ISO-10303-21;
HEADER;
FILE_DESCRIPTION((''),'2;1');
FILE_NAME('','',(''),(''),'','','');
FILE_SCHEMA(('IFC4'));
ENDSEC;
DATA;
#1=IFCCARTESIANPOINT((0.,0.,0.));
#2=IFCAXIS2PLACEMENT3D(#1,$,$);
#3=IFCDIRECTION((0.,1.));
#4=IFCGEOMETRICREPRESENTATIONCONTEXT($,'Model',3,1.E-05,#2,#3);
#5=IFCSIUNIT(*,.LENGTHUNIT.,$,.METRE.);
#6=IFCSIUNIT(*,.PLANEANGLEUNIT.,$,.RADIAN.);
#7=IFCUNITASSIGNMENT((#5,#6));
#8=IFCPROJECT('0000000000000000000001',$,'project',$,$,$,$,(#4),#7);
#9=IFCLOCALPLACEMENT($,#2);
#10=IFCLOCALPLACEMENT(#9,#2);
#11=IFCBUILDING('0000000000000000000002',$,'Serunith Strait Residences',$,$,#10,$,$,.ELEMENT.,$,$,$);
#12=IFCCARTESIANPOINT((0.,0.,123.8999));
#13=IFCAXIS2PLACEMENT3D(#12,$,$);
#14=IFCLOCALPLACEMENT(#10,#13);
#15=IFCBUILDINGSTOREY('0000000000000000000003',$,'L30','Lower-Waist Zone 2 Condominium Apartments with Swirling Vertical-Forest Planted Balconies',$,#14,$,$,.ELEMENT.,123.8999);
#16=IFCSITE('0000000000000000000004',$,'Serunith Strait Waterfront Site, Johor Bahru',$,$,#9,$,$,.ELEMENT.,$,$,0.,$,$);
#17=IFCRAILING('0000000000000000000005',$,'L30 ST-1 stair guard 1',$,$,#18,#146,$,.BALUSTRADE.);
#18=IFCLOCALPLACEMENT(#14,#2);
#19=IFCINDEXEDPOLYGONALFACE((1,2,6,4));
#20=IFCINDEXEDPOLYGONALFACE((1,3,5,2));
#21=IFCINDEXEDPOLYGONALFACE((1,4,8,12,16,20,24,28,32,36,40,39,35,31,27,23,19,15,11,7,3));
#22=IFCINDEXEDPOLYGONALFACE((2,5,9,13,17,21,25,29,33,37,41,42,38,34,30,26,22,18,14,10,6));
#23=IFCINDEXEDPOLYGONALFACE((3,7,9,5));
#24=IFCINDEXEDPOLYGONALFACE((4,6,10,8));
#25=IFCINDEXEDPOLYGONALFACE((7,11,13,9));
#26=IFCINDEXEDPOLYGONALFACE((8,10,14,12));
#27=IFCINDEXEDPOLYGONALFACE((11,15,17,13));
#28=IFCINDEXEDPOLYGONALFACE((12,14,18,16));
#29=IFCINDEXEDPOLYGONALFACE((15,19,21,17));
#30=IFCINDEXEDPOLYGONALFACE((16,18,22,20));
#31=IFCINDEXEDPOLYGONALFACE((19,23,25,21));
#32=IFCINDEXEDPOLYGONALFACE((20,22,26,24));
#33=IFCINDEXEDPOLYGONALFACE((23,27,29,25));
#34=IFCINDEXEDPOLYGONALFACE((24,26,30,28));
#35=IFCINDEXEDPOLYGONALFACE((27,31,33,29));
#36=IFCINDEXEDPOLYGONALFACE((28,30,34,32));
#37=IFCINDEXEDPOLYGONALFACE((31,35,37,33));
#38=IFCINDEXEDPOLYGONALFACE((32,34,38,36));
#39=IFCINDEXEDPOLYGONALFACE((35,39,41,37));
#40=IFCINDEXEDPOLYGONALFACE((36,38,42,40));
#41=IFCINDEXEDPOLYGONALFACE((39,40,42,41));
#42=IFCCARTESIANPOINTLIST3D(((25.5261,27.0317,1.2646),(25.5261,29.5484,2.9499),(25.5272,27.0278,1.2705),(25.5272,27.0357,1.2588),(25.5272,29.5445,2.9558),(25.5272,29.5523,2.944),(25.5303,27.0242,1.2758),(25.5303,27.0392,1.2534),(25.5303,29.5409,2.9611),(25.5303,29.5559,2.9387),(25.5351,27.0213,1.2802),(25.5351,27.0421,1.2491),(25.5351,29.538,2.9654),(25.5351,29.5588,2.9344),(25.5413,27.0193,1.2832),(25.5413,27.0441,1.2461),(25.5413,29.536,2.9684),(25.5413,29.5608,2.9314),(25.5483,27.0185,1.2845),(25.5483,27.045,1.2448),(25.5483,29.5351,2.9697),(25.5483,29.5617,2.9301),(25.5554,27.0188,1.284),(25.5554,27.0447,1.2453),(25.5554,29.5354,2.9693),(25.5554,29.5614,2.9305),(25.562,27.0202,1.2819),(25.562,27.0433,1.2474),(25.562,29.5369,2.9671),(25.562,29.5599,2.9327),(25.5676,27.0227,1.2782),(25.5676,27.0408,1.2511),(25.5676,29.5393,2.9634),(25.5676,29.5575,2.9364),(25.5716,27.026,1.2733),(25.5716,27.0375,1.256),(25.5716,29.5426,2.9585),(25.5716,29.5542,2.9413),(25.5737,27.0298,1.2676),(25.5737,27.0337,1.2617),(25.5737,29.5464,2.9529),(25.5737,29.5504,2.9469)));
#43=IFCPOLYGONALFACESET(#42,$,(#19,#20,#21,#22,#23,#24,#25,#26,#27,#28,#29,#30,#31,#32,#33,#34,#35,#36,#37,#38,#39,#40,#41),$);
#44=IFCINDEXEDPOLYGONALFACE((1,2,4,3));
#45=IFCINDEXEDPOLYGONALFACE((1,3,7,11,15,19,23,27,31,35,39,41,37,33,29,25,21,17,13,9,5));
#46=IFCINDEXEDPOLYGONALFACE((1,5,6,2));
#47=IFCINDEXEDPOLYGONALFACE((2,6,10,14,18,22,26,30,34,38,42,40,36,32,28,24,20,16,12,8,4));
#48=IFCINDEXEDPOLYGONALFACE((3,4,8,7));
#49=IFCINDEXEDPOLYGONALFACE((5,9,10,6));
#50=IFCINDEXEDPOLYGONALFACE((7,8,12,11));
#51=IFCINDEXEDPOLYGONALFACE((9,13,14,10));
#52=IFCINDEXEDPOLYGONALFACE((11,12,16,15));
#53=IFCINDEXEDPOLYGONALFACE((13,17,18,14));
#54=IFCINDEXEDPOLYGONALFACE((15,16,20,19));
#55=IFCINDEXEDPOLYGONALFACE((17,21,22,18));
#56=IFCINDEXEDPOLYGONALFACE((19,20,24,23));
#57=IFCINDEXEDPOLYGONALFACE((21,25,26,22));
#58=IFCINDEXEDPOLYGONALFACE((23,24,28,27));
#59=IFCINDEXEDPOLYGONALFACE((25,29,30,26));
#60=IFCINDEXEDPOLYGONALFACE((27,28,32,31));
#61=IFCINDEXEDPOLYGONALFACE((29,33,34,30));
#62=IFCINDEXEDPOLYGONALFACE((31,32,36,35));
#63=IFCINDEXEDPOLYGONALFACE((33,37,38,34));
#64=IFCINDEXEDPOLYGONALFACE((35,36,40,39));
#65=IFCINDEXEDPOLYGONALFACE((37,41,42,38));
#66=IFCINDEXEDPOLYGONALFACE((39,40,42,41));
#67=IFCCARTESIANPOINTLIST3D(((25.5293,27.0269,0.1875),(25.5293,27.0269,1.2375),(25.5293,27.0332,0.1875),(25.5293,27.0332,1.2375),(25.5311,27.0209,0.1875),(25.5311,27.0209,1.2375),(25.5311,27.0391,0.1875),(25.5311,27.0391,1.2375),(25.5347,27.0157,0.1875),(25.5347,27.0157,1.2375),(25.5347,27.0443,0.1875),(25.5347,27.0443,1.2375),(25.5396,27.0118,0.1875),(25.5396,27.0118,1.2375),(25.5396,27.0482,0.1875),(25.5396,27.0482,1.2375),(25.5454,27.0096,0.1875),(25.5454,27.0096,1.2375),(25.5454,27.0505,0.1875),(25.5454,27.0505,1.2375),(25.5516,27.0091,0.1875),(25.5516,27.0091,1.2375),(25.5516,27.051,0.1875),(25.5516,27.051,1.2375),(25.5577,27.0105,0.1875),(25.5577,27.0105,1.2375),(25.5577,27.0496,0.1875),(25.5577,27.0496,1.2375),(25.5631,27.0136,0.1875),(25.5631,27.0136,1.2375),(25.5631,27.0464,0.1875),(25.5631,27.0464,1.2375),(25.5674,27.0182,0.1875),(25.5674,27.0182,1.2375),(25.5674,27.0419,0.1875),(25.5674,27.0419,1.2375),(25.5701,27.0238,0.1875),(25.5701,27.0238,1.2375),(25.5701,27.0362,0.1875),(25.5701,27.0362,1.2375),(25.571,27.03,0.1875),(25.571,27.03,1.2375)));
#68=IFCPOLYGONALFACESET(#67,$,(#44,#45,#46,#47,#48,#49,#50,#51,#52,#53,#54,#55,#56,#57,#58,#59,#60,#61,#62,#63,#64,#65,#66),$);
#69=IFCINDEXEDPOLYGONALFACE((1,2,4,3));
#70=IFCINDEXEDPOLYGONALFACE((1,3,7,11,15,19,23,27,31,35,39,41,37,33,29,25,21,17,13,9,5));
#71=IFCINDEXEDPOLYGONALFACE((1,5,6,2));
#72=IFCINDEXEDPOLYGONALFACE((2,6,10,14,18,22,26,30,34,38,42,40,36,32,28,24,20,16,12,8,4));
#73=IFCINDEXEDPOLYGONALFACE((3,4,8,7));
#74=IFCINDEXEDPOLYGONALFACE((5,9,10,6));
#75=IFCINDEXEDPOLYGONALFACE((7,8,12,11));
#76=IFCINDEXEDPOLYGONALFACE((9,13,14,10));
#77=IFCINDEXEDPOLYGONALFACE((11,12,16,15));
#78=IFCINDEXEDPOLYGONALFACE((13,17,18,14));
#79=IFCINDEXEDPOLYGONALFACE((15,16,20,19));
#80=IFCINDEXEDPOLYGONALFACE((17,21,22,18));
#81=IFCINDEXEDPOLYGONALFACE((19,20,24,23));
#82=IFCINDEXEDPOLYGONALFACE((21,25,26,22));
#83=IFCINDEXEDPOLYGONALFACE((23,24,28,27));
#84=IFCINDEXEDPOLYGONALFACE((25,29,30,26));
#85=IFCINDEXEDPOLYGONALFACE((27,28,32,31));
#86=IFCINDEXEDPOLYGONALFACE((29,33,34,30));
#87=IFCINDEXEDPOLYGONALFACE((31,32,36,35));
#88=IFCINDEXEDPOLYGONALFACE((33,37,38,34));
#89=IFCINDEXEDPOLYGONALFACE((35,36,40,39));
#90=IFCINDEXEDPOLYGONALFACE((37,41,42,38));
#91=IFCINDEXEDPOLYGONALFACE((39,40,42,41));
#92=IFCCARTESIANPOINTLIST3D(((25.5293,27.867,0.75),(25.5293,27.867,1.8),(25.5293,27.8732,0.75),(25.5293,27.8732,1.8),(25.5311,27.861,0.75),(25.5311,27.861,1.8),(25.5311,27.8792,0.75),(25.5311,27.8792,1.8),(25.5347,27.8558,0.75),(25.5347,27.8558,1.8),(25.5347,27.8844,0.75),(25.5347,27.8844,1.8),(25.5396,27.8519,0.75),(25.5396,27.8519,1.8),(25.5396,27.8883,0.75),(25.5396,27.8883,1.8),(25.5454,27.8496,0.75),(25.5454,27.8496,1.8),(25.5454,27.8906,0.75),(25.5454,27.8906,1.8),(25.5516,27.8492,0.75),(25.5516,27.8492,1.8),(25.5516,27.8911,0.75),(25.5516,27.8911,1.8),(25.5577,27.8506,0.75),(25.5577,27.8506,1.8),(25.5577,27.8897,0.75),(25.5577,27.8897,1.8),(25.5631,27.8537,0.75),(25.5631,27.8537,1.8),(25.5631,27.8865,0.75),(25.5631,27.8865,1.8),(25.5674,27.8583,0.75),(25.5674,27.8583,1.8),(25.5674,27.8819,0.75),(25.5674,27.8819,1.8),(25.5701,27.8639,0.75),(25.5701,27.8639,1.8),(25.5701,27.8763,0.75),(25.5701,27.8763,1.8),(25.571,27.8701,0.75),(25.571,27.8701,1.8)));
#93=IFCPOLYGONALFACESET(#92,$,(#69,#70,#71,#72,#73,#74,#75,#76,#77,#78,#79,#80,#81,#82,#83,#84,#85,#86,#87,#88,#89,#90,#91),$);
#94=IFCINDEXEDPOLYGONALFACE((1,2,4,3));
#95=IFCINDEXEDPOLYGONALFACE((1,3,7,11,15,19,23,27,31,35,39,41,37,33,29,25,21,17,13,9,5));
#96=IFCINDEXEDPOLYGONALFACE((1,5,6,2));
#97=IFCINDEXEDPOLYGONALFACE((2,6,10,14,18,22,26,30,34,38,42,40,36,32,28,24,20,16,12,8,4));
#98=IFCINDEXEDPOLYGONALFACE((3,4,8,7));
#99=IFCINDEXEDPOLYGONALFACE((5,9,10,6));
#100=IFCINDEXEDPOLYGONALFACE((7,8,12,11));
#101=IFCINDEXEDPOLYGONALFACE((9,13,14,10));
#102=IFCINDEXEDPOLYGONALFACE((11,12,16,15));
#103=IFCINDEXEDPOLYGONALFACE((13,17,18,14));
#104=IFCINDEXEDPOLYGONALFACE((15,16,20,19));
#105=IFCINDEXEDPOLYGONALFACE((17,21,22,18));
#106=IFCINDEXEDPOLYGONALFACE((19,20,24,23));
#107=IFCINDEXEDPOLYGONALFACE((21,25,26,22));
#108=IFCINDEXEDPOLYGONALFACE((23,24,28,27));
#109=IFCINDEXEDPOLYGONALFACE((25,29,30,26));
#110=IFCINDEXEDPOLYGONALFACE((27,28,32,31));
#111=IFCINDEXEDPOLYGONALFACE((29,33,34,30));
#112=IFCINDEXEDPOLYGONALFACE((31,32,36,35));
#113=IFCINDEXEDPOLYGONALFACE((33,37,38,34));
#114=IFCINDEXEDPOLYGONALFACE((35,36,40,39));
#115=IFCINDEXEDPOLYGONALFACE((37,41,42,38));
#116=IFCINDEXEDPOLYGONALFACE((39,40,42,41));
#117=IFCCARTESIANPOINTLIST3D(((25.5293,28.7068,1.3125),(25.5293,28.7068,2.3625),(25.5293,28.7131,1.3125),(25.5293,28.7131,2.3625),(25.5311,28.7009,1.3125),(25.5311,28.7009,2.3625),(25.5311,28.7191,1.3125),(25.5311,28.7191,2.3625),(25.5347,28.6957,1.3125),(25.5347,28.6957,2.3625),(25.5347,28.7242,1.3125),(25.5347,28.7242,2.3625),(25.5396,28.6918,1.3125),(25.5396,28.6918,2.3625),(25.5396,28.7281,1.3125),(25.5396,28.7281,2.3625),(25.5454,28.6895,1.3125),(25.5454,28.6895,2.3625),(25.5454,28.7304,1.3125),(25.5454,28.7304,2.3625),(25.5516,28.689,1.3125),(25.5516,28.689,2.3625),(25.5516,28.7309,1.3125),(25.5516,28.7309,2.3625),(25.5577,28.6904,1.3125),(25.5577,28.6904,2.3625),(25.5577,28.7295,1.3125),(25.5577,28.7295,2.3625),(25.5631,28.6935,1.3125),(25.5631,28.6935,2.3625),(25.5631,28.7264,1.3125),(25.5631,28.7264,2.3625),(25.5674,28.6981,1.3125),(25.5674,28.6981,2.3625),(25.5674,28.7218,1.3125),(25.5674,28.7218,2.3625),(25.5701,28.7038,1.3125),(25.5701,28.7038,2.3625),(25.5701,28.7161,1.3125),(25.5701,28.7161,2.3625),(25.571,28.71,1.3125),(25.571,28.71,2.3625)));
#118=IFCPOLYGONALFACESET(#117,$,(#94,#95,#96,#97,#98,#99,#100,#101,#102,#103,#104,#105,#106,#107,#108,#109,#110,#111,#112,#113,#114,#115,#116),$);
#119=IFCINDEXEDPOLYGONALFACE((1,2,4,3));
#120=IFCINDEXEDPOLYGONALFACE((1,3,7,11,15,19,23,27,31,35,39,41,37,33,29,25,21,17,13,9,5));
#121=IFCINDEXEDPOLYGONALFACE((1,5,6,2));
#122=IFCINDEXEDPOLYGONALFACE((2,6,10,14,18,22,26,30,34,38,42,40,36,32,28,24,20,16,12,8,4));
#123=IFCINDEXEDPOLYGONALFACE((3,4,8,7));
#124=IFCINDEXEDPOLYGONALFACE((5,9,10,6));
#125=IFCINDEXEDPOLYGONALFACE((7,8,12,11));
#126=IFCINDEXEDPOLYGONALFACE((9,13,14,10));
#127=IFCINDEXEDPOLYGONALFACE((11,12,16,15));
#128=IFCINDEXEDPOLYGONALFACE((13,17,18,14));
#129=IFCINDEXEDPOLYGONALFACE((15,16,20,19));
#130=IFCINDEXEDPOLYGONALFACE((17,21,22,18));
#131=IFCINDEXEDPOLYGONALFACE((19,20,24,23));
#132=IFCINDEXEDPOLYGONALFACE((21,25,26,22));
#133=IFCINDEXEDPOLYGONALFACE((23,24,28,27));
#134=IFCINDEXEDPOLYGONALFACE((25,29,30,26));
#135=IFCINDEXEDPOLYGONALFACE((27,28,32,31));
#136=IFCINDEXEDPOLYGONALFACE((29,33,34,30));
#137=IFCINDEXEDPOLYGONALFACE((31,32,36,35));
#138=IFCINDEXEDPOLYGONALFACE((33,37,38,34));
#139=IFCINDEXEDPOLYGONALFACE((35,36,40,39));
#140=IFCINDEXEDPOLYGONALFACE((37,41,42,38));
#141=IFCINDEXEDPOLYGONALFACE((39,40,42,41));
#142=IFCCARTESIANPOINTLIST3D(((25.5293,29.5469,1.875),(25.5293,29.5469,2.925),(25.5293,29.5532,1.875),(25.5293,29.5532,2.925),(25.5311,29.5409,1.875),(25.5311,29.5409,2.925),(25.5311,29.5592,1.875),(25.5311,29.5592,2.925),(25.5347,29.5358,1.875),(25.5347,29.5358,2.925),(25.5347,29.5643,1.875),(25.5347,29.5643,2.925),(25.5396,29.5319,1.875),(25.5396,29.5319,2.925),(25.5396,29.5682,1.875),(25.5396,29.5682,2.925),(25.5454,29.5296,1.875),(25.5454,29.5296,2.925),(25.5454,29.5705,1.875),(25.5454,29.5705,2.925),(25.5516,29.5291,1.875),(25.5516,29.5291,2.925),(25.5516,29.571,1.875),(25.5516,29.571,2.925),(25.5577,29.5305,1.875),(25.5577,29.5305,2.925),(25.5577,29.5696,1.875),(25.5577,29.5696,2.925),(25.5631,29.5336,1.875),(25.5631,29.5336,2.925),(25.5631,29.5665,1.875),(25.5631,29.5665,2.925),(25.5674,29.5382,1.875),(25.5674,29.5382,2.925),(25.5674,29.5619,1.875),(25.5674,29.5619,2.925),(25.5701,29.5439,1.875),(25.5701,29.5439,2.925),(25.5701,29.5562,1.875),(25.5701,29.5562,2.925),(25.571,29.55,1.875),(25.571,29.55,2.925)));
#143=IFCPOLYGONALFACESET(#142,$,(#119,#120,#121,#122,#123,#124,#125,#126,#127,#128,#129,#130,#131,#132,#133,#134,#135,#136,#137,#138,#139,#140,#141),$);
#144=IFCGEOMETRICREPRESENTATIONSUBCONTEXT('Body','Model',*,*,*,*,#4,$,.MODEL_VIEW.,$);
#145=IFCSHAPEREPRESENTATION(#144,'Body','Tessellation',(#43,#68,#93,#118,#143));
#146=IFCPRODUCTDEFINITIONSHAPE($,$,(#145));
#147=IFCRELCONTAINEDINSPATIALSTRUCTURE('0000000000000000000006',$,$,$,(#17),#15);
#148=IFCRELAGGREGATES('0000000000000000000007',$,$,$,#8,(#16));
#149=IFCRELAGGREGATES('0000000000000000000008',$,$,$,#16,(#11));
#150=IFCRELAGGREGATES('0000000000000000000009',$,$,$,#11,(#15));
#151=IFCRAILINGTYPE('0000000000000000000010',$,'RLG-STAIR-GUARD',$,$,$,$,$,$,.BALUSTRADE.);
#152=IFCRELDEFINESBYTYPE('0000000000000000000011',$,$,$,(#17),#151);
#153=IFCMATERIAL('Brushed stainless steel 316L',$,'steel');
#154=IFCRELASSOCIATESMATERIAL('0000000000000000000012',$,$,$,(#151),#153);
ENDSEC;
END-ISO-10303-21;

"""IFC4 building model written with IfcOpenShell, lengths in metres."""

from ifc_helpers import new_model, si_unit, direction, frame, origin, origin_2d, place, context, subcontext, project, spatial, circle, extrude, material, type_object, element, save


model = new_model("IFC4")

# Units and contexts
model_context = context("Model", 3, precision=1e-05, world=origin(), true_north=direction((0.0, 1.0)))
body_context = subcontext(model_context, "Body", "Model", "MODEL_VIEW")
ifc_project = project(units=[si_unit("LENGTHUNIT", "METRE"), si_unit("PLANEANGLEUNIT", "RADIAN")], contexts=[model_context])

# Site, building, storey
site_placement = place(None, origin())
site = spatial("IfcSite", under=ifc_project, at=site_placement, Name="Serunith Strait Waterfront Site, Johor Bahru", CompositionType="ELEMENT", RefElevation=0.0)
building_placement = place(site_placement, origin())
building = spatial("IfcBuilding", under=site, at=building_placement, Name="Serunith Strait Residences", CompositionType="ELEMENT")
storey_placement = place(building_placement, frame((0.0, 0.0, 123.8999)))
storey = spatial("IfcBuildingStorey", under=building, at=storey_placement, Name="L30", Description="Lower-Waist Zone 2 Condominium Apartments with Swirling Vertical-Forest Planted Balconies", CompositionType="ELEMENT", Elevation=123.8999)

# Railing
ifc_material_1 = material(Name="Brushed stainless steel 316L", Category="steel")
railing_type_1 = type_object("IfcRailingType", Name="RLG-STAIR-GUARD", PredefinedType="BALUSTRADE", material=ifc_material_1)
railing_1_placement = place(storey_placement, frame((25.55, 27.03, 0.1875)))
element("IfcRailing", 1, at=railing_1_placement, inside=storey, type_object=railing_type_1, Name="L30 ST-1 stair guard 1", PredefinedType="BALUSTRADE", context=body_context, shape_type="SweptSolid", body=[
    extrude(circle(Radius=0.0239, at=origin_2d()), frame((0.0, 0.0017, 1.0771), z_axis=(0.0, 0.830909, 0.556408), x_axis=(-1.0, 0.0, 0.0)), (0.0, 0.0, 1.0), 3.0288),
    extrude(circle(Radius=0.021, at=origin_2d()), origin(), (0.0, 0.0, 1.0), 1.05),
    extrude(circle(Radius=0.021, at=origin_2d()), frame((0.0, 0.8401, 0.5625)), (0.0, 0.0, 1.0), 1.05),
    extrude(circle(Radius=0.021, at=origin_2d()), frame((0.0, 1.6799, 1.125)), (0.0, 0.0, 1.0), 1.05),
    extrude(circle(Radius=0.021, at=origin_2d()), frame((0.0, 2.52, 1.6875)), (0.0, 0.0, 1.0), 1.05),
])

save(model, "model.ifc")
